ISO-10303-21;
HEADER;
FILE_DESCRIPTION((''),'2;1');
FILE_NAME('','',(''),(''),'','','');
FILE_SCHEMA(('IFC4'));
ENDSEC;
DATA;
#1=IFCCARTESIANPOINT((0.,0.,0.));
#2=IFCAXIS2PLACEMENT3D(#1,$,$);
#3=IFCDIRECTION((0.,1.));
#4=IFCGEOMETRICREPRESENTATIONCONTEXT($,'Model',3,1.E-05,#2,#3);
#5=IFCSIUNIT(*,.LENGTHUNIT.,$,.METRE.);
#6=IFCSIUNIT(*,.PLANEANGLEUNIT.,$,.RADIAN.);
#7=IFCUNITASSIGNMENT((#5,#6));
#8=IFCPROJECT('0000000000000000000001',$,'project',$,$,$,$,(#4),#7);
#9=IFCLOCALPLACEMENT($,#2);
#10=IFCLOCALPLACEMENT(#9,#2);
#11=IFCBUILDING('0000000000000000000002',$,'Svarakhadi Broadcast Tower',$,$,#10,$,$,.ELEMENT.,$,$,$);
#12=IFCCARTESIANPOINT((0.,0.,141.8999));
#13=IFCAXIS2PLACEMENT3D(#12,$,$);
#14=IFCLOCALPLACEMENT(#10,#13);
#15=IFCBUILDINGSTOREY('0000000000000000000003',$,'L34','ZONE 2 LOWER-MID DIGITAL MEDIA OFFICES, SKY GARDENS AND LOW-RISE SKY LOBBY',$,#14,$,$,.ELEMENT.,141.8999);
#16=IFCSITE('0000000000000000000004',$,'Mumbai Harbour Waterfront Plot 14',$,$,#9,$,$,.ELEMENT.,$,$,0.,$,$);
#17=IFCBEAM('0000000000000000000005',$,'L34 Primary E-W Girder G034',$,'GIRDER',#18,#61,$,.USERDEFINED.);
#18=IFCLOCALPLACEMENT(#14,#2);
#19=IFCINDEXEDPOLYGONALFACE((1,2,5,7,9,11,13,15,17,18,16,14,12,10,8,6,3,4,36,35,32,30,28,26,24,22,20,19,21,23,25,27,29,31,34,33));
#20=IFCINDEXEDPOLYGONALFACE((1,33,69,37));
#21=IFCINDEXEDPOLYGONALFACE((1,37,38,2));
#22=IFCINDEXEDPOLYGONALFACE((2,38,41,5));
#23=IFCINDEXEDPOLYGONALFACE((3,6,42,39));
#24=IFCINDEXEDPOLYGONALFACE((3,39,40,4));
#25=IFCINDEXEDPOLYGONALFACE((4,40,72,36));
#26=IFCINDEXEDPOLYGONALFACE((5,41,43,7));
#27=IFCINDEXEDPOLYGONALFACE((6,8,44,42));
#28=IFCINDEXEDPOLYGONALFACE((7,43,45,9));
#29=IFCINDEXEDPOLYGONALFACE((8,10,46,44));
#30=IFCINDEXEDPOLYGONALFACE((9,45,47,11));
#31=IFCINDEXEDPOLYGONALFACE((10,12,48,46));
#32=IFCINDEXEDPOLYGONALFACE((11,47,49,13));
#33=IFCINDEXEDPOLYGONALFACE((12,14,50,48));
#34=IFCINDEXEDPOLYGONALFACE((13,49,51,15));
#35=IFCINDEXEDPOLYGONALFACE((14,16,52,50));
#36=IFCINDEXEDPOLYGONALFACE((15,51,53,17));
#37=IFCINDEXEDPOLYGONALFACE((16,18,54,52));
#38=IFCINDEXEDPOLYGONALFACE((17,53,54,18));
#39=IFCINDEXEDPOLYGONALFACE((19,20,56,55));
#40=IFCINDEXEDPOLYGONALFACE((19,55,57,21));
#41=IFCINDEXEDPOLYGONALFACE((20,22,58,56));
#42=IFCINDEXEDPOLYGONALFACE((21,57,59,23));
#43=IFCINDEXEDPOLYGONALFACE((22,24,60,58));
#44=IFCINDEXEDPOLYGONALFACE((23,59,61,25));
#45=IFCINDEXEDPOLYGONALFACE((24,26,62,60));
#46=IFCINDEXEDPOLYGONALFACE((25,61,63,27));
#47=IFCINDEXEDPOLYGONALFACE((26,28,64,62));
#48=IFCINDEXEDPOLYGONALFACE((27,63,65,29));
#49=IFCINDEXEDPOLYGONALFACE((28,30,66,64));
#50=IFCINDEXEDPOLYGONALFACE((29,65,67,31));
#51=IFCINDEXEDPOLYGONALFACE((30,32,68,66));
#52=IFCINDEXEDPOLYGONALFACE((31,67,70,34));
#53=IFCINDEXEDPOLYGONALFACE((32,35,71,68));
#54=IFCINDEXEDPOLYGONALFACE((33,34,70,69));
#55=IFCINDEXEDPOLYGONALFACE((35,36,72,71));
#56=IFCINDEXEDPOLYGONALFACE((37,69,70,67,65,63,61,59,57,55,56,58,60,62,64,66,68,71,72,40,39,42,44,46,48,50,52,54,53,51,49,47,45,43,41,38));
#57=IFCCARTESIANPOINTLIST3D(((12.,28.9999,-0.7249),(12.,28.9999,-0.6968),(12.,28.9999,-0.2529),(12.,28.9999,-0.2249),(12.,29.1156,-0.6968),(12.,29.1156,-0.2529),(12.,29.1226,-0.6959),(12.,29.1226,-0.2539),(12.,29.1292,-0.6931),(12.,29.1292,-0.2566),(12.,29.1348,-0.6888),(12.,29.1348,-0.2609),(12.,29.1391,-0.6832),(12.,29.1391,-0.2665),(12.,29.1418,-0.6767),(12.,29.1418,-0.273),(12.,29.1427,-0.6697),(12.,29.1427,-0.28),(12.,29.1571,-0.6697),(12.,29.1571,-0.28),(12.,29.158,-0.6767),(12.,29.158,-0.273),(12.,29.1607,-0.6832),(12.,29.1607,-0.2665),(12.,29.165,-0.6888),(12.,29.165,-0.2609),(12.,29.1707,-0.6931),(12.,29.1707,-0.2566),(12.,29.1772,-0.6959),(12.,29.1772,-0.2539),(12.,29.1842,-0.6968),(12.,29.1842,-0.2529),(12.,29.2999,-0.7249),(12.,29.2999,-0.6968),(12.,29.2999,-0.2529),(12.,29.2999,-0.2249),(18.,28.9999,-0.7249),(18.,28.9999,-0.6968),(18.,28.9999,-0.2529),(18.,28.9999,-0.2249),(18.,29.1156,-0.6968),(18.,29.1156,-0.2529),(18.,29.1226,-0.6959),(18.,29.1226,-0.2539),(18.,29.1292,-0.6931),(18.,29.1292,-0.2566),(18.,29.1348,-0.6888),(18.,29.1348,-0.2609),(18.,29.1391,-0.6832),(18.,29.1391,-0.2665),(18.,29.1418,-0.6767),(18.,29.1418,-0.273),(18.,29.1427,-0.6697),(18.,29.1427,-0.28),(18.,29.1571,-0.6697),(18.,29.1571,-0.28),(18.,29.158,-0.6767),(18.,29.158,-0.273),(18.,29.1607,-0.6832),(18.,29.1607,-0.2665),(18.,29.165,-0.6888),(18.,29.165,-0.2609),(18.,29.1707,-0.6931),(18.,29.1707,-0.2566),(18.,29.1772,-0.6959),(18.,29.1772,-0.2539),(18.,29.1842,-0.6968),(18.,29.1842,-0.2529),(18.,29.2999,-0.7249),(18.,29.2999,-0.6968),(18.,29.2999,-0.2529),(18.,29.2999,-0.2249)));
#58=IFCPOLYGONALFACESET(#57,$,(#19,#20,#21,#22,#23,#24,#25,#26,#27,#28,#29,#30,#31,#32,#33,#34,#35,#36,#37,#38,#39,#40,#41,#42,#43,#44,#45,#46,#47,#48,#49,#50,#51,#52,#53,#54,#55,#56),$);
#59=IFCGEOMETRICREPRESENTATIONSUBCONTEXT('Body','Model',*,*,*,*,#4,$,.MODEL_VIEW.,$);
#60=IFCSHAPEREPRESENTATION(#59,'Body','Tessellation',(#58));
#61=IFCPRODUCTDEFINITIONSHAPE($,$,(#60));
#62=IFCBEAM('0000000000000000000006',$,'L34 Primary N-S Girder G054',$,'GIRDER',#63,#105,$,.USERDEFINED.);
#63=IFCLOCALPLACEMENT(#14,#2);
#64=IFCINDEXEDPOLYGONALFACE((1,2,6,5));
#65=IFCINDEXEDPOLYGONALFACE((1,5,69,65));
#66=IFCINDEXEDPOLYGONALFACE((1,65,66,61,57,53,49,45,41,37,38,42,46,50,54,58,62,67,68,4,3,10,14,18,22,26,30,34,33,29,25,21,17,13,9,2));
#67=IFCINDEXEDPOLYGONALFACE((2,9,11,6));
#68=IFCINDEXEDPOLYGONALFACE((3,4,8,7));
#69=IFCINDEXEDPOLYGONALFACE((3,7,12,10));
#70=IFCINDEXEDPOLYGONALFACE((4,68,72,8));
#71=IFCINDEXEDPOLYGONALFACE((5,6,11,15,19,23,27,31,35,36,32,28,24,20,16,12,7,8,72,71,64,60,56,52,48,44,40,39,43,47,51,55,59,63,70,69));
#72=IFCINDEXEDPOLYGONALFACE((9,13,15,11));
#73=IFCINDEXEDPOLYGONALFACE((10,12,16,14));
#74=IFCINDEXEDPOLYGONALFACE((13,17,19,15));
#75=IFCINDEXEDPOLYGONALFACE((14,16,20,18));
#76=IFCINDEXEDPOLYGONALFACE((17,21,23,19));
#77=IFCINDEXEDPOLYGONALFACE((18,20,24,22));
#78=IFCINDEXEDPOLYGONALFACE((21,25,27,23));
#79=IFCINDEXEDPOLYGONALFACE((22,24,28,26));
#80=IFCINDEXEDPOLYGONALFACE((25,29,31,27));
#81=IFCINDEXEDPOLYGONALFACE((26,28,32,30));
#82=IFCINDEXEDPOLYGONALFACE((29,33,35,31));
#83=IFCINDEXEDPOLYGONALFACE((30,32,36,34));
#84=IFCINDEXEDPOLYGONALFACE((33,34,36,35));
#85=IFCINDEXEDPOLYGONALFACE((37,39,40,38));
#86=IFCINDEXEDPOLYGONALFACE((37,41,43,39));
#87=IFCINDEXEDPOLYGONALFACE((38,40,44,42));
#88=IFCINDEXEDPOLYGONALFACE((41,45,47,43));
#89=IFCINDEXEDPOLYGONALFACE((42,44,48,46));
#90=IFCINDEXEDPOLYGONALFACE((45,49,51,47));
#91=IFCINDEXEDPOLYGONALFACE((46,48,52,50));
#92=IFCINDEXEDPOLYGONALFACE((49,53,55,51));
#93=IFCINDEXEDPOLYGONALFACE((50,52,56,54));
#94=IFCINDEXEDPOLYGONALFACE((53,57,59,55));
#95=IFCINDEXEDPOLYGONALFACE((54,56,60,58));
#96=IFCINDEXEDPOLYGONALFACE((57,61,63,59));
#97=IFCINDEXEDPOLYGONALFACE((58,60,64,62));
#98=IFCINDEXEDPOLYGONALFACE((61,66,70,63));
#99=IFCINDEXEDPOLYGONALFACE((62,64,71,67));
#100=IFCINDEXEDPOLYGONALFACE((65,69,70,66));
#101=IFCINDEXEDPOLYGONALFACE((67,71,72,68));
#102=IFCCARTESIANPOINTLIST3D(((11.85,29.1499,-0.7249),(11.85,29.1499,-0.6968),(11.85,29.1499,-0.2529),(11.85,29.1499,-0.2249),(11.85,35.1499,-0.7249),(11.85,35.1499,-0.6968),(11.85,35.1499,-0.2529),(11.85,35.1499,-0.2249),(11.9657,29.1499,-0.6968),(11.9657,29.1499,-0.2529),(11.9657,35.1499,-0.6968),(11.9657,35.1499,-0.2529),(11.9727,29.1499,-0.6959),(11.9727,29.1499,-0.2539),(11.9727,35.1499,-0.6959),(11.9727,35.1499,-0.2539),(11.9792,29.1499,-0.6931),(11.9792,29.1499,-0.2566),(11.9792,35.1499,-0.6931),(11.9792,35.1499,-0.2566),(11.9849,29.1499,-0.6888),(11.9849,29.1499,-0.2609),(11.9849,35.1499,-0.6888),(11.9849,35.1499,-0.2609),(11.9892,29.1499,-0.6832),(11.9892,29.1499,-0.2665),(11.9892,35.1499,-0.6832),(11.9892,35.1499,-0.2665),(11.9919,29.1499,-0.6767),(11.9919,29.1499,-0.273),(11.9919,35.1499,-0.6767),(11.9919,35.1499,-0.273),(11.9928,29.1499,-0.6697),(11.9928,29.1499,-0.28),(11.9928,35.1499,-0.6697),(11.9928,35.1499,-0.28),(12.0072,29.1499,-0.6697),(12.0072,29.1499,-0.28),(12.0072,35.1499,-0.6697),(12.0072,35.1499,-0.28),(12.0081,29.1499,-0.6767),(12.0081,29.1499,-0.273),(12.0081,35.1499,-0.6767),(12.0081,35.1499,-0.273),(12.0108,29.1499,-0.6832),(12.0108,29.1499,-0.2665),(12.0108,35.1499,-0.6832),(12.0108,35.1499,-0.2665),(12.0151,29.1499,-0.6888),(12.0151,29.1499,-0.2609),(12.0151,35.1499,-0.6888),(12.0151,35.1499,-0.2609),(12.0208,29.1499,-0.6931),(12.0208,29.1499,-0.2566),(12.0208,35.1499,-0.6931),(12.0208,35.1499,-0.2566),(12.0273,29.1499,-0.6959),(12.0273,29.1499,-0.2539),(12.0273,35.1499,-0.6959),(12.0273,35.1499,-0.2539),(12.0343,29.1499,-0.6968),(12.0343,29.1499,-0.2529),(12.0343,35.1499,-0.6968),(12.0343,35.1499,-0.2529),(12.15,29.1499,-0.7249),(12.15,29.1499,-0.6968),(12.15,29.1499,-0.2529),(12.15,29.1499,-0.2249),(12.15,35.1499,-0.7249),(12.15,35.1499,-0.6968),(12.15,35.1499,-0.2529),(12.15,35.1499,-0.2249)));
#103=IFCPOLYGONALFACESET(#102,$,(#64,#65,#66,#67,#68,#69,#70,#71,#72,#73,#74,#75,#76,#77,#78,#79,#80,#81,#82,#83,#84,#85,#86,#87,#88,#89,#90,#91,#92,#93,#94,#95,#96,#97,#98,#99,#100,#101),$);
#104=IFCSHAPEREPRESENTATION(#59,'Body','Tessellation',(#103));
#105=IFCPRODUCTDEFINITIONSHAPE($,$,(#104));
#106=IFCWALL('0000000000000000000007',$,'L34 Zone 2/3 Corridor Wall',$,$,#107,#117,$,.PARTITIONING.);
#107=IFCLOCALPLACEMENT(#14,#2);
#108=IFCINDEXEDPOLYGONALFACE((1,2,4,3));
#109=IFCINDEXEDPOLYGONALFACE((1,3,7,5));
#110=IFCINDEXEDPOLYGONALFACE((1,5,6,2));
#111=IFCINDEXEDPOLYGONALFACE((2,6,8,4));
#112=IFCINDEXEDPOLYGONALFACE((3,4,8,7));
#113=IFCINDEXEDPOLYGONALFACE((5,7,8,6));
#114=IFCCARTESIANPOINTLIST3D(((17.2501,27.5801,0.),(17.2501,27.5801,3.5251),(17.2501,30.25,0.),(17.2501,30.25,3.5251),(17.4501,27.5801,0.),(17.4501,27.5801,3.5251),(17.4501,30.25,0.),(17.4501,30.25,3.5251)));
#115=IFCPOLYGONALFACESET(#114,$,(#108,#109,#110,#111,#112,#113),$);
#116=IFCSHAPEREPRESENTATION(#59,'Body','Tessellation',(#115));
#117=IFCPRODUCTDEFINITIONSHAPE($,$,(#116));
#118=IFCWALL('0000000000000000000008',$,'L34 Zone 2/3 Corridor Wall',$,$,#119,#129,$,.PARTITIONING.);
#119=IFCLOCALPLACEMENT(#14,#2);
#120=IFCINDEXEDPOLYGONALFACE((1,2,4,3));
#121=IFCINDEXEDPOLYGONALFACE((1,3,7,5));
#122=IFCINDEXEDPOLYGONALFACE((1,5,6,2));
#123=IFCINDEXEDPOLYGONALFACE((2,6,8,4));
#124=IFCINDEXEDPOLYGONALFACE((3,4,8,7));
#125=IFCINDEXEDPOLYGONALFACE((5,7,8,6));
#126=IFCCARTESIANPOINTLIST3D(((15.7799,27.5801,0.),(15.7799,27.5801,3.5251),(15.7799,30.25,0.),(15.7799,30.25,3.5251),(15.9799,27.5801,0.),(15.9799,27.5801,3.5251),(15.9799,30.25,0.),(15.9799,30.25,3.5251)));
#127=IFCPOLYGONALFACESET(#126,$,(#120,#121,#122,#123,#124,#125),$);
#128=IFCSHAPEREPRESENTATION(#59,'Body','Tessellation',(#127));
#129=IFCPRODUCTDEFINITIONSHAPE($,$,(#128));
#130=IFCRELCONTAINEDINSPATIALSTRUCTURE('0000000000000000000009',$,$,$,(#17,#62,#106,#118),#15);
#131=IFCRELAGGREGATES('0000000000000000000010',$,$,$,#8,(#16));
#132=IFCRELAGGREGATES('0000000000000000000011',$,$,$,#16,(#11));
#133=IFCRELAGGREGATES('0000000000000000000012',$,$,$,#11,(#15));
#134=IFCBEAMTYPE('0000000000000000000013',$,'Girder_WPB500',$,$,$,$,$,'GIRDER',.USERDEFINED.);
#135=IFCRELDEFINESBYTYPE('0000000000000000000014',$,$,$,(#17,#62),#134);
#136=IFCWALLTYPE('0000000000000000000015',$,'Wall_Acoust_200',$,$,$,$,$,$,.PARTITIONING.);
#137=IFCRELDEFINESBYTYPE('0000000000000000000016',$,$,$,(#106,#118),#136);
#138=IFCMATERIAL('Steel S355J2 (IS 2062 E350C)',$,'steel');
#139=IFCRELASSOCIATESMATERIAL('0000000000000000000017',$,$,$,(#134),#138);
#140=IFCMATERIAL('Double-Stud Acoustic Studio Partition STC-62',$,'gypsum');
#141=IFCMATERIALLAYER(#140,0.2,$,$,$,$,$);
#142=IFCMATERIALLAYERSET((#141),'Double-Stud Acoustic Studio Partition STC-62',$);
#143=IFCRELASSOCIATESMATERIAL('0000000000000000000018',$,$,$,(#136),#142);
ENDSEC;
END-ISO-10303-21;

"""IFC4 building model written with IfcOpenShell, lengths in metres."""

from ifc_helpers import new_model, si_unit, direction, frame, frame_2d, origin, origin_2d, place, context, subcontext, project, spatial, rectangle, i_section, extrude, material, layer, layer_set, material_profile, profile_set, type_object, element, save


model = new_model("IFC4")

# Units and contexts
model_context = context("Model", 3, precision=1e-05, world=origin(), true_north=direction((0.0, 1.0)))
body_context = subcontext(model_context, "Body", "Model", "MODEL_VIEW")
ifc_project = project(units=[si_unit("LENGTHUNIT", "METRE"), si_unit("PLANEANGLEUNIT", "RADIAN")], contexts=[model_context])

# Site, building, storey
site_placement = place(None, origin())
site = spatial("IfcSite", under=ifc_project, at=site_placement, Name="Mumbai Harbour Waterfront Plot 14", CompositionType="ELEMENT", RefElevation=0.0)
building_placement = place(site_placement, origin())
building = spatial("IfcBuilding", under=site, at=building_placement, Name="Svarakhadi Broadcast Tower", CompositionType="ELEMENT")
storey_placement = place(building_placement, frame((0.0, 0.0, 141.8999)))
storey = spatial("IfcBuildingStorey", under=building, at=storey_placement, Name="L34", Description="ZONE 2 LOWER-MID DIGITAL MEDIA OFFICES, SKY GARDENS AND LOW-RISE SKY LOBBY", CompositionType="ELEMENT", Elevation=141.8999)

# Beams
ifc_material_1 = material(Name="Steel S355J2 (IS 2062 E350C)", Category="steel")
ifc_material_profile_1 = material_profile(ifc_material_1, i_section(OverallWidth=0.3, OverallDepth=0.5, WebThickness=0.0144, FlangeThickness=0.0281, FilletRadius=0.0271, at=origin_2d()), Name="WPB 500x300x187")
ifc_profile_set_1 = profile_set([ifc_material_profile_1], Name="Steel S355J2 (IS 2062 E350C)")
beam_type = type_object("IfcBeamType", Name="Girder_WPB500", ElementType="GIRDER", PredefinedType="USERDEFINED", material=ifc_profile_set_1)
for number, where, z_axis, x_axis, name in (
    (1, (12.0, 29.1499, -0.4749), (1.0, 0.0, 0.0), (0.0, 1.0, 0.0), "L34 Primary E-W Girder G034"),
    (2, (12.0, 29.1499, -0.4749), (0.0, 1.0, 0.0), (-1.0, 0.0, 0.0), "L34 Primary N-S Girder G054"),
):
    element("IfcBeam", number, at=place(storey_placement, frame(where, z_axis=z_axis, x_axis=x_axis)), inside=storey, type_object=beam_type, Name=name, ObjectType="GIRDER", PredefinedType="USERDEFINED", context=body_context, shape_type="SweptSolid", body=[
        extrude(i_section(OverallWidth=0.3, OverallDepth=0.5, WebThickness=0.0144, FlangeThickness=0.0281, FilletRadius=0.0271, at=origin_2d()), origin(), (0.0, 0.0, 1.0), 6.0),
    ])

# Walls
ifc_material_2 = material(Name="Double-Stud Acoustic Studio Partition STC-62", Category="gypsum")
ifc_layer_1 = layer(ifc_material_2, 0.2)
ifc_layer_set_1 = layer_set([ifc_layer_1], Name="Double-Stud Acoustic Studio Partition STC-62")
wall_type_1 = type_object("IfcWallType", Name="Wall_Acoust_200", PredefinedType="PARTITIONING", material=ifc_layer_set_1)
for number, where, z_axis, x_axis, name in (
    (3, (17.3501, 30.25, 0.0), (0.0, 0.0, 1.0), (0.0, -1.0, 0.0), "L34 Zone 2/3 Corridor Wall"),
    (4, (15.8799, 27.5801, 0.0), (0.0, 0.0, 1.0), (0.0, 1.0, 0.0), "L34 Zone 2/3 Corridor Wall"),
):
    element("IfcWall", number, at=place(storey_placement, frame(where, z_axis=z_axis, x_axis=x_axis)), inside=storey, type_object=wall_type_1, Name=name, PredefinedType="PARTITIONING", context=body_context, shape_type="SweptSolid", body=[
        extrude(rectangle(XDim=2.6699, YDim=0.2, at=frame_2d((1.335, 0.0))), origin(), (0.0, 0.0, 1.0), 3.5251),
    ])

save(model, "model.ifc")
